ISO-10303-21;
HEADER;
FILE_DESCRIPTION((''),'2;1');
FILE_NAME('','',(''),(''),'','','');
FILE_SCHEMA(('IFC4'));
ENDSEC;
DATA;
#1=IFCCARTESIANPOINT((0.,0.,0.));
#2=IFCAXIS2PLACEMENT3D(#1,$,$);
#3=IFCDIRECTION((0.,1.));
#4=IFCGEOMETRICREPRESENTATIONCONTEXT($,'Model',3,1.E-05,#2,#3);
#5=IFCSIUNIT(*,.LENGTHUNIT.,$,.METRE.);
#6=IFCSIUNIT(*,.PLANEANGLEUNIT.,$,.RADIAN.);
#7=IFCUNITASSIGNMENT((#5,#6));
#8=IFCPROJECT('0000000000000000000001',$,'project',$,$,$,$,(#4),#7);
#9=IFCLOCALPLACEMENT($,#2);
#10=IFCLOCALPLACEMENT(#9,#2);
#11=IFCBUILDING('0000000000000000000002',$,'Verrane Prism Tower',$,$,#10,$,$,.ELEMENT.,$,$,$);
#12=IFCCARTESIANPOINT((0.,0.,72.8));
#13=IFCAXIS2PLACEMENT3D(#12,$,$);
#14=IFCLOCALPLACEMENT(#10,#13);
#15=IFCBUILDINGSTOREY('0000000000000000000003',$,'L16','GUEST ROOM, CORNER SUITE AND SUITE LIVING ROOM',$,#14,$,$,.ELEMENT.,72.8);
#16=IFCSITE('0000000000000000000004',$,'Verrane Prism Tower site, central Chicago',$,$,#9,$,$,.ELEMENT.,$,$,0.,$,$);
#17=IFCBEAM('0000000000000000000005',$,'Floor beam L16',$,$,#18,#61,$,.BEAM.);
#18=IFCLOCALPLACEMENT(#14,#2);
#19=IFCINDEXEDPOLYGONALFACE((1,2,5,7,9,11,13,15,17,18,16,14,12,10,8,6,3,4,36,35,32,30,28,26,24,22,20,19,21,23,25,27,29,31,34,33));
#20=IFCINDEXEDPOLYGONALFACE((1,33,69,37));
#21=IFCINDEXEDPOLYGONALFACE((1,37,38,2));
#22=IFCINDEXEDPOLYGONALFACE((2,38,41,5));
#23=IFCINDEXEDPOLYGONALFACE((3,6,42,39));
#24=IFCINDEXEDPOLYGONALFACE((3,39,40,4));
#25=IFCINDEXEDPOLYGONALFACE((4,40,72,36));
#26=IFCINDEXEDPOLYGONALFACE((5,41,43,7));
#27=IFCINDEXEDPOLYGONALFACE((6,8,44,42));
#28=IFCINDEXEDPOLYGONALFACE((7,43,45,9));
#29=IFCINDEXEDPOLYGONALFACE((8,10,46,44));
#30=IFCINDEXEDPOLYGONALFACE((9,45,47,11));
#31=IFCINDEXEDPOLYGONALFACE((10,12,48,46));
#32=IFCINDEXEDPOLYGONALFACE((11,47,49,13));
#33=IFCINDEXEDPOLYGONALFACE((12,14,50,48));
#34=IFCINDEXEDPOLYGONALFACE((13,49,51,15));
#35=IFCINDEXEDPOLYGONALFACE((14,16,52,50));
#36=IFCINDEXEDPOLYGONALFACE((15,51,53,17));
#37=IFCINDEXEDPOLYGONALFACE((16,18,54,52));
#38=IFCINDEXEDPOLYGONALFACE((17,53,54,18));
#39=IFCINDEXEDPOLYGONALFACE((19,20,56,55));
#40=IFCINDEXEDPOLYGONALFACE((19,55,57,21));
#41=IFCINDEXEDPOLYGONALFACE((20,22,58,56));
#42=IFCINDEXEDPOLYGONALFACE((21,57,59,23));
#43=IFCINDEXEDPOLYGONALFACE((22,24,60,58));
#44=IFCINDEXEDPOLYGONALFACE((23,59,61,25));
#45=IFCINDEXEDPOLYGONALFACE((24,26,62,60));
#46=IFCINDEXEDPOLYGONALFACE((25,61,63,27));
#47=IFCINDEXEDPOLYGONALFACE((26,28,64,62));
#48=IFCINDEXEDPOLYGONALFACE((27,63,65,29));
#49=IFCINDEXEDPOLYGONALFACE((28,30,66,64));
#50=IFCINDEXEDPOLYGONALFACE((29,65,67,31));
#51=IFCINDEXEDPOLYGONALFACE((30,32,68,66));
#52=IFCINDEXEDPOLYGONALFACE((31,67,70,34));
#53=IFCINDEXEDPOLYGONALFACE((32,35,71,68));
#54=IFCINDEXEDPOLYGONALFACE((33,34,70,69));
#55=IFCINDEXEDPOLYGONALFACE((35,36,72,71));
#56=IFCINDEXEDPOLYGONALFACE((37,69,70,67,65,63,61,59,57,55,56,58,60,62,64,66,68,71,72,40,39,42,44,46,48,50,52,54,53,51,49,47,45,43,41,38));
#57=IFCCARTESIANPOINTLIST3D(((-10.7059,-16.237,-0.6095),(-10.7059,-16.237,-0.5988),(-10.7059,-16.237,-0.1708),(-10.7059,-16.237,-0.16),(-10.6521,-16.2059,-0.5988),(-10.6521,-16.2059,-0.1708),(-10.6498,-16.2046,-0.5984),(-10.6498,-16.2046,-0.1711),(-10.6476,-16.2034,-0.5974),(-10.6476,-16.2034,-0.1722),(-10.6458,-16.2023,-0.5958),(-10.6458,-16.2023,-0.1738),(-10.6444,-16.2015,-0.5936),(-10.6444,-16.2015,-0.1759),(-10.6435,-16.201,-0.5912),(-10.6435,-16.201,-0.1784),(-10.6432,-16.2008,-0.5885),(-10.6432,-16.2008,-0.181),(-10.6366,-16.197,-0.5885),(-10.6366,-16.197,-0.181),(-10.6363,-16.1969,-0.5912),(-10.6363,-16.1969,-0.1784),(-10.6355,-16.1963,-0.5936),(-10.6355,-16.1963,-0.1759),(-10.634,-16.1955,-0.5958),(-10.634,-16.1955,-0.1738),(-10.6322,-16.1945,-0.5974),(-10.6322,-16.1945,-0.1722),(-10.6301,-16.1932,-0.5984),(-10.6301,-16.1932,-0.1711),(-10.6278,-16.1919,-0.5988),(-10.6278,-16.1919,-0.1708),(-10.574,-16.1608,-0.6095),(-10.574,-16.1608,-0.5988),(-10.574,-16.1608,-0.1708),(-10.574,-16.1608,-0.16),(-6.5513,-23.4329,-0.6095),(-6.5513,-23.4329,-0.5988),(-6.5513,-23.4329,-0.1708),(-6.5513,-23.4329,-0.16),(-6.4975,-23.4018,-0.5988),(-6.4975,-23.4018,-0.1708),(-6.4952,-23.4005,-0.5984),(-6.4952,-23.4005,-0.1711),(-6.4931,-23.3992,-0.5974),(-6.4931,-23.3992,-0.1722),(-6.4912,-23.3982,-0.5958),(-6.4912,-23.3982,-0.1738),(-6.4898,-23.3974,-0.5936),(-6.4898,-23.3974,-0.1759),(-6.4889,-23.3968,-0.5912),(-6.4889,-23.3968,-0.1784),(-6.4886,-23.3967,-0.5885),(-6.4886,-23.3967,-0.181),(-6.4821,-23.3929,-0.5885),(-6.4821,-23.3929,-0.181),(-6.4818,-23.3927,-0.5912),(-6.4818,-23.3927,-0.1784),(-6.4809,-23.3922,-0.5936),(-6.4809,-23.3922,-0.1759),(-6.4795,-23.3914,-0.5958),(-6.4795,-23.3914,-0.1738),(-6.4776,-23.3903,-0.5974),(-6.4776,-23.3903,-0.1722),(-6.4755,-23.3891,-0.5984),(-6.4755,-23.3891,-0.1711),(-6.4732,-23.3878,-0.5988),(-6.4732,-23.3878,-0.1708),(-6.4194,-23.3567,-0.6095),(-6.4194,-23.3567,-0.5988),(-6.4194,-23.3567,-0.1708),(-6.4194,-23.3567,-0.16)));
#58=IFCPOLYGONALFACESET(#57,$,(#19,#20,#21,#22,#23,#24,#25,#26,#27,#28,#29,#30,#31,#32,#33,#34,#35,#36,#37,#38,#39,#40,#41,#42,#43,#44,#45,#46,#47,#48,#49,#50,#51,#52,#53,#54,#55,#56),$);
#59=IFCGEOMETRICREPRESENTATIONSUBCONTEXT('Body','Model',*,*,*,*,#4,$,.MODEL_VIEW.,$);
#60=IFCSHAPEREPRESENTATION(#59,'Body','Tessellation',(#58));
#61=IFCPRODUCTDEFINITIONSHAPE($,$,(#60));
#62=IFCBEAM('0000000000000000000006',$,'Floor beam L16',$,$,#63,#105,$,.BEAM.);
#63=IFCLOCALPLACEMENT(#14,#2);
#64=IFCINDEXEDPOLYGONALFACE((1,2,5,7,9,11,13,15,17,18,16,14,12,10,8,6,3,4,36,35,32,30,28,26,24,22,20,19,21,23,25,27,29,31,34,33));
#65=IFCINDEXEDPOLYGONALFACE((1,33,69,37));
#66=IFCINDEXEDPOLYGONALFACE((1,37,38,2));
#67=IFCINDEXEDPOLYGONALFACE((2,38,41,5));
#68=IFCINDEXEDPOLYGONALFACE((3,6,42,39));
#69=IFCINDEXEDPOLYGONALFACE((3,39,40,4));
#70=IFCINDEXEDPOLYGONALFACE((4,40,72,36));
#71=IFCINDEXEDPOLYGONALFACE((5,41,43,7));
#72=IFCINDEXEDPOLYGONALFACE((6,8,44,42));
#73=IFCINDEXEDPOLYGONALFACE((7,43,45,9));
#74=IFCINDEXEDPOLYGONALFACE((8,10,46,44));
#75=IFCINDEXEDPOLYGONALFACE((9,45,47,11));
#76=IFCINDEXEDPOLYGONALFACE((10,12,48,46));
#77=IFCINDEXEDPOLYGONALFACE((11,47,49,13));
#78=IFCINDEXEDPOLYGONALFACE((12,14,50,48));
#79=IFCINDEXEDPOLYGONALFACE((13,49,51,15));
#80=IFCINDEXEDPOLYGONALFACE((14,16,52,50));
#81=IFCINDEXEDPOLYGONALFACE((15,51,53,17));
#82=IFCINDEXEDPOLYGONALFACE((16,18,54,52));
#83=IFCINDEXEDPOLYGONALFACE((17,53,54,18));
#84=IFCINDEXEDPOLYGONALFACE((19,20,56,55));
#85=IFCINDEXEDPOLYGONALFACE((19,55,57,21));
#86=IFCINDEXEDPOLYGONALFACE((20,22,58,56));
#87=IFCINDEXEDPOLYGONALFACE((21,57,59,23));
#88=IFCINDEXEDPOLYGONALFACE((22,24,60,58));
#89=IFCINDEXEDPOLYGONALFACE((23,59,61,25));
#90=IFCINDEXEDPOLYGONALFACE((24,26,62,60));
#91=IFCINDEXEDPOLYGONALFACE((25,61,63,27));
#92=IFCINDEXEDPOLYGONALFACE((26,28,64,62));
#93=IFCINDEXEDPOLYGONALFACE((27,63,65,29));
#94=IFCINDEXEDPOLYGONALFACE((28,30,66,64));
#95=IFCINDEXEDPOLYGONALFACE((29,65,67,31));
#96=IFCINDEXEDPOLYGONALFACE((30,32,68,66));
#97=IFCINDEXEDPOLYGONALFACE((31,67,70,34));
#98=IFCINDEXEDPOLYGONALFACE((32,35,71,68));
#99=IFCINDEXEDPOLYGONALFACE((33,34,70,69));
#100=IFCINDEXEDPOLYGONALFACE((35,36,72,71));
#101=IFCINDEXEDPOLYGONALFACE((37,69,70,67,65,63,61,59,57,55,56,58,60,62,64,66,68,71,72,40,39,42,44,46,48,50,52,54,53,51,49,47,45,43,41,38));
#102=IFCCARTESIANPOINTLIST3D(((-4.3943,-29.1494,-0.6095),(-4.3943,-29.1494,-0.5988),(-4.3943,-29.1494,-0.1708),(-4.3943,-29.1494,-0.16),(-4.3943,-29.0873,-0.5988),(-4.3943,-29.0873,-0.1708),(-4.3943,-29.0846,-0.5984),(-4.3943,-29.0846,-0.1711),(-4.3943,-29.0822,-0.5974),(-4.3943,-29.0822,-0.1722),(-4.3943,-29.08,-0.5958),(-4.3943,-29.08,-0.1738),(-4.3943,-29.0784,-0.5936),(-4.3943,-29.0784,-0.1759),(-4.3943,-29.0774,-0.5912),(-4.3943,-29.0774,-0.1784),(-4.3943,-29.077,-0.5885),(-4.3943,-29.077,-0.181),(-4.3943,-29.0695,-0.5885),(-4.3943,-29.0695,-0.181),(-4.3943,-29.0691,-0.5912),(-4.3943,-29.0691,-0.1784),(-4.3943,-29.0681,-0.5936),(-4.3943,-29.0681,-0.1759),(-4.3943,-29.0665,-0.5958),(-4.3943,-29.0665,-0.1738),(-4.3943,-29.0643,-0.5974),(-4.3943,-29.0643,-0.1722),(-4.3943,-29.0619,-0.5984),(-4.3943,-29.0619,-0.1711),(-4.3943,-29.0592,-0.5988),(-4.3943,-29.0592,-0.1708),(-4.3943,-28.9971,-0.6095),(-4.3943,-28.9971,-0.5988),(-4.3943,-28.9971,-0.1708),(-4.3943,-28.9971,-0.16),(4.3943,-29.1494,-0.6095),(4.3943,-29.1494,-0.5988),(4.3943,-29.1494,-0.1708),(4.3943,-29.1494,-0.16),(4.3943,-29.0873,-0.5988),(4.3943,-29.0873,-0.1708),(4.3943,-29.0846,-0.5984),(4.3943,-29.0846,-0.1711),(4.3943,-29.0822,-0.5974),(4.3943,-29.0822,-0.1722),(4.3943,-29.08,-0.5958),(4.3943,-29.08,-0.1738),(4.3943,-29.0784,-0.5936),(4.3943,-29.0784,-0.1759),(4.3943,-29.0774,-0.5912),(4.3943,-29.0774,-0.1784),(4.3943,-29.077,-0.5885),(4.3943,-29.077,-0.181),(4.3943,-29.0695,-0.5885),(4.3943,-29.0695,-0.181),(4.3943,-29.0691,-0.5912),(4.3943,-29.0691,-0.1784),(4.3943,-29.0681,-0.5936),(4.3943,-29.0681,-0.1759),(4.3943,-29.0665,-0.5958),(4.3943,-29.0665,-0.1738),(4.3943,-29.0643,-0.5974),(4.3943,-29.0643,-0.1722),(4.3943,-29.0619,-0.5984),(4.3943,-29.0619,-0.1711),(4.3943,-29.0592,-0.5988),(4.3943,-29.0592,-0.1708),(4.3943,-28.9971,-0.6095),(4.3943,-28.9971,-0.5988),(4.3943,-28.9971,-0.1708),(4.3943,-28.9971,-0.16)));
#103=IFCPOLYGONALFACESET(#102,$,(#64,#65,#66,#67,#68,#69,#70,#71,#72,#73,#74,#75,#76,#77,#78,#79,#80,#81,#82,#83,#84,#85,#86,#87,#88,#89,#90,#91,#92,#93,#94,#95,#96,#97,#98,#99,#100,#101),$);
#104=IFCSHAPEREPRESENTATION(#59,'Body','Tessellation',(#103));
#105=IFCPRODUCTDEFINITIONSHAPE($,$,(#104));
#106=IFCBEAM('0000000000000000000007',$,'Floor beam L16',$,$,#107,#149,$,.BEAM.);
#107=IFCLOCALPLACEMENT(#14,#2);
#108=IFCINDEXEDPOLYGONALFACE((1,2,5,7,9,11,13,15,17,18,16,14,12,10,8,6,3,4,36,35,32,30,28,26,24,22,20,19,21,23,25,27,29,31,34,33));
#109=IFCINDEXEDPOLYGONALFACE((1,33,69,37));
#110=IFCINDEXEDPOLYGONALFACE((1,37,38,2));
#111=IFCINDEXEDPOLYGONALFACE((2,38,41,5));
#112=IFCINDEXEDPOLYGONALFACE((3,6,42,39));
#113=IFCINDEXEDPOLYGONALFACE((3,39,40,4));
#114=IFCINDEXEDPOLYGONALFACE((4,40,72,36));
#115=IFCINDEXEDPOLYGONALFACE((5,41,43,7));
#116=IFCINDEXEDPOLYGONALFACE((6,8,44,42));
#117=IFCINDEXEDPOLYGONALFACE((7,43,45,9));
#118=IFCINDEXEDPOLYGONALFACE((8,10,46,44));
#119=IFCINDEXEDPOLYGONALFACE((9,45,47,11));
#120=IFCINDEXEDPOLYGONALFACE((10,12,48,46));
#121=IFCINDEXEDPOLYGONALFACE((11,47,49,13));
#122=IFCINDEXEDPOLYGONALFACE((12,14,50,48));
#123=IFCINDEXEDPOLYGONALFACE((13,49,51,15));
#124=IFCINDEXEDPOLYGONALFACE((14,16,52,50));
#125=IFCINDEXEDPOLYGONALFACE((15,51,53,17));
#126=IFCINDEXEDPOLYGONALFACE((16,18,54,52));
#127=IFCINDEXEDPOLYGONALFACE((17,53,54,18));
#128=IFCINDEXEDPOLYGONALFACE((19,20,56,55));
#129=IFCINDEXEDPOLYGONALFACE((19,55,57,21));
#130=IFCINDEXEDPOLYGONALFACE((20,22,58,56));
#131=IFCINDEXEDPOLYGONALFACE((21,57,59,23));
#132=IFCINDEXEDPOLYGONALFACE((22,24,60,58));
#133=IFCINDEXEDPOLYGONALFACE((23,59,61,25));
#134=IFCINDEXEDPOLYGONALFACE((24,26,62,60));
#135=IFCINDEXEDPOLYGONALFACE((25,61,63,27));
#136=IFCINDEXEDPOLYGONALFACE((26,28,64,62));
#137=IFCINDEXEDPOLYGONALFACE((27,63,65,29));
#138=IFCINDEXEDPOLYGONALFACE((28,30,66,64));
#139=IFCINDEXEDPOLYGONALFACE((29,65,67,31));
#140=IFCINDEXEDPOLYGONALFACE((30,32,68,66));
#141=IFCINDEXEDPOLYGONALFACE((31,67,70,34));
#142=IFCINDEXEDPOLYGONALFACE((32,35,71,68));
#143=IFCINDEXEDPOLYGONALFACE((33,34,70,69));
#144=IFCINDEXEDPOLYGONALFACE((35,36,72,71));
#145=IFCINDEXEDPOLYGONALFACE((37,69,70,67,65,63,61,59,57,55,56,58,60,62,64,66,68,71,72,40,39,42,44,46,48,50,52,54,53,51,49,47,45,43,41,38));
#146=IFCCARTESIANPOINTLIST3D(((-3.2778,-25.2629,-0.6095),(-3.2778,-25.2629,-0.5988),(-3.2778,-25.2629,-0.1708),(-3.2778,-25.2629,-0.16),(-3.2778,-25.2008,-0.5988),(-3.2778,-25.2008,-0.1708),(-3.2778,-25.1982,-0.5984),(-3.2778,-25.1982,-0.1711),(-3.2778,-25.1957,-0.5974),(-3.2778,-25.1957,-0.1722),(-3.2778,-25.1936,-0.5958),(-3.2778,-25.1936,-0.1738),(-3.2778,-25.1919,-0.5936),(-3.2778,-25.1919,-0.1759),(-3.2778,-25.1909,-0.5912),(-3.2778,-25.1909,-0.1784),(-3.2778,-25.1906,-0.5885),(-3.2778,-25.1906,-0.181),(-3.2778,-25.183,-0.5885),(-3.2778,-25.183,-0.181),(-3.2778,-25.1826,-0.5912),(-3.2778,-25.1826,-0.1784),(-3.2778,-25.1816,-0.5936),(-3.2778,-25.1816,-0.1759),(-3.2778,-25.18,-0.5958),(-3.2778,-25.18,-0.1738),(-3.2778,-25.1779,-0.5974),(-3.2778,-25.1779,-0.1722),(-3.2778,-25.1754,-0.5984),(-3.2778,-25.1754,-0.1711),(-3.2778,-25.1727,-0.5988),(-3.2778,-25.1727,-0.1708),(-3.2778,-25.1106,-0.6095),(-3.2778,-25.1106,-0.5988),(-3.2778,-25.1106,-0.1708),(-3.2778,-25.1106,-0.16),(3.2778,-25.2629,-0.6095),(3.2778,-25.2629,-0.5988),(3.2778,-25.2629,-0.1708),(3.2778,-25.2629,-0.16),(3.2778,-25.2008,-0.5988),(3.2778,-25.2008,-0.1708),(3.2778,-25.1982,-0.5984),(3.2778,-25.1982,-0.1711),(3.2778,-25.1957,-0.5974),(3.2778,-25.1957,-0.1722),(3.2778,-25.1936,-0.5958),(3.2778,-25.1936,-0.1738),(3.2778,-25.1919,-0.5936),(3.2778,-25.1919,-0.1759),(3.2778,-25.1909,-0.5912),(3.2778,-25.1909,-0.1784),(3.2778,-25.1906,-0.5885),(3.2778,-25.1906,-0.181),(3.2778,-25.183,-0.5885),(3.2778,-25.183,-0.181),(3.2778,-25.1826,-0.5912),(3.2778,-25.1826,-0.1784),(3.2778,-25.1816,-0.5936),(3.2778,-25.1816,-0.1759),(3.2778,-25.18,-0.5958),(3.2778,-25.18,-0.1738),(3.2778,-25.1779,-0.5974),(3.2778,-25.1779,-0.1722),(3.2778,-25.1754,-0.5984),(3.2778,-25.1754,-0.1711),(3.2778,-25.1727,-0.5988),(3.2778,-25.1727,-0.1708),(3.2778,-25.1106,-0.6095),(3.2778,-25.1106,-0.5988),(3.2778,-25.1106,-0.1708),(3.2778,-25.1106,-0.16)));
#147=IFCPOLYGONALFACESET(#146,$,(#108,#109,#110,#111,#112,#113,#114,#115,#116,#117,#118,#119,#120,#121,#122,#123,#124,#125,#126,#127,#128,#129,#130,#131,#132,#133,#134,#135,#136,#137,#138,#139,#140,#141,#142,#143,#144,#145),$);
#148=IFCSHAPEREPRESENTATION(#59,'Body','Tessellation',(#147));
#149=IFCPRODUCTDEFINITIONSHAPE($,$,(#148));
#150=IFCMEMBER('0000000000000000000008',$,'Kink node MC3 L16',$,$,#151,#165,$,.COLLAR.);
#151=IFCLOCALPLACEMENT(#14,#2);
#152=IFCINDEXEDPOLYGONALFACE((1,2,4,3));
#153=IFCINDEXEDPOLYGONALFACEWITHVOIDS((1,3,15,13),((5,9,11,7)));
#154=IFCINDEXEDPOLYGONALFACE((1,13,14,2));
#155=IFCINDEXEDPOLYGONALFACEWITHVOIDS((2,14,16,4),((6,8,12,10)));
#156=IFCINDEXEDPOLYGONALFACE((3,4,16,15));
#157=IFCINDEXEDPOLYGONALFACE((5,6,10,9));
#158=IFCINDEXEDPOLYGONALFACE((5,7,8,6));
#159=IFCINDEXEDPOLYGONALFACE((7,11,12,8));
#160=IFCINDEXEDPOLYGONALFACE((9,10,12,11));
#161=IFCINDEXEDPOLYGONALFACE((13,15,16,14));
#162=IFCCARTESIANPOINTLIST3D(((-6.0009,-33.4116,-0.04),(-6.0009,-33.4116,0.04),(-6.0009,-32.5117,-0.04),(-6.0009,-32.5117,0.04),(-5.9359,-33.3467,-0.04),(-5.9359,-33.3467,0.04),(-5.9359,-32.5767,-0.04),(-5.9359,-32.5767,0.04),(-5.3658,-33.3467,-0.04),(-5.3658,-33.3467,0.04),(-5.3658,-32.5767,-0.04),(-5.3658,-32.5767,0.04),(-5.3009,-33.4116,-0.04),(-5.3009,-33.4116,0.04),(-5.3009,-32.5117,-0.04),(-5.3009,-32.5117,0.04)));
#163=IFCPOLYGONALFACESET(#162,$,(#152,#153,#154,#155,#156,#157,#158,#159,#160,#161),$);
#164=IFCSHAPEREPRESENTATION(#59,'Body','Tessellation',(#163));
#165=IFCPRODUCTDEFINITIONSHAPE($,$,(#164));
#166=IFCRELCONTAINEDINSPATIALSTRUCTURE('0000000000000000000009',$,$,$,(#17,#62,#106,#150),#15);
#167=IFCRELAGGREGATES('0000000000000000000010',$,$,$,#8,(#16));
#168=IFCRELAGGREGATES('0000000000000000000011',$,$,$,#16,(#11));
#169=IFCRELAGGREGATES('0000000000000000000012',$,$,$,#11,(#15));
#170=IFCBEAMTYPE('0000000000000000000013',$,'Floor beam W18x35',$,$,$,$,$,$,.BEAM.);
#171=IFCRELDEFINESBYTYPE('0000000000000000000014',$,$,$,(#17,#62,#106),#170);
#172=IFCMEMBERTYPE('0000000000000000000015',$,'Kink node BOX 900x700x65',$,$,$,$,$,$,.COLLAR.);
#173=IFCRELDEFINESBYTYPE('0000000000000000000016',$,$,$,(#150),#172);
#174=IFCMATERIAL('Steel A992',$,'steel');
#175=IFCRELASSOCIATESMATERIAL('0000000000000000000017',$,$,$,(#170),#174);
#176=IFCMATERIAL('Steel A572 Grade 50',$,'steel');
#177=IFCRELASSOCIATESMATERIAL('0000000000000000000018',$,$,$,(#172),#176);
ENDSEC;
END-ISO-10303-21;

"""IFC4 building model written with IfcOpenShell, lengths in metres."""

from ifc_helpers import new_model, si_unit, direction, frame, origin, origin_2d, place, context, subcontext, project, spatial, hollow_rectangle, i_section, extrude, material, material_profile, profile_set, type_object, element, save


model = new_model("IFC4")

# Units and contexts
model_context = context("Model", 3, precision=1e-05, world=origin(), true_north=direction((0.0, 1.0)))
body_context = subcontext(model_context, "Body", "Model", "MODEL_VIEW")
ifc_project = project(units=[si_unit("LENGTHUNIT", "METRE"), si_unit("PLANEANGLEUNIT", "RADIAN")], contexts=[model_context])

# Site, building, storey
site_placement = place(None, origin())
site = spatial("IfcSite", under=ifc_project, at=site_placement, Name="Verrane Prism Tower site, central Chicago", CompositionType="ELEMENT", RefElevation=0.0)
building_placement = place(site_placement, origin())
building = spatial("IfcBuilding", under=site, at=building_placement, Name="Verrane Prism Tower", CompositionType="ELEMENT")
storey_placement = place(building_placement, frame((0.0, 0.0, 72.8)))
storey = spatial("IfcBuildingStorey", under=building, at=storey_placement, Name="L16", Description="GUEST ROOM, CORNER SUITE AND SUITE LIVING ROOM", CompositionType="ELEMENT", Elevation=72.8)

# Beams
ifc_material_1 = material(Name="Steel A992", Category="steel")
ifc_material_profile_1 = material_profile(ifc_material_1, i_section(OverallWidth=0.1523, OverallDepth=0.4495, WebThickness=0.0076, FlangeThickness=0.0107, FilletRadius=0.0103, at=origin_2d()), Name="W18x35")
ifc_profile_set_1 = profile_set([ifc_material_profile_1], Name="Steel A992")
beam_type_1 = type_object("IfcBeamType", Name="Floor beam W18x35", PredefinedType="BEAM", material=ifc_profile_set_1)
beam_1_placement = place(storey_placement, frame((-6.4854, -23.3948, -0.3848), z_axis=(-0.500004, 0.866023, 0.0), x_axis=(-0.866023, -0.500004, 0.0)))
element("IfcBeam", 1, at=beam_1_placement, inside=storey, type_object=beam_type_1, Name="Floor beam L16", PredefinedType="BEAM", context=body_context, shape_type="SweptSolid", body=[
    extrude(i_section(OverallWidth=0.1523, OverallDepth=0.4495, WebThickness=0.0076, FlangeThickness=0.0107, FilletRadius=0.0103, at=origin_2d()), origin(), (0.0, 0.0, 1.0), 8.3091),
])
beam_2_placement = place(storey_placement, frame((-4.3943, -29.0732, -0.3848), z_axis=(1.0, 0.0, 0.0), x_axis=(0.0, 1.0, 0.0)))
element("IfcBeam", 2, at=beam_2_placement, inside=storey, type_object=beam_type_1, Name="Floor beam L16", PredefinedType="BEAM", context=body_context, shape_type="SweptSolid", body=[
    extrude(i_section(OverallWidth=0.1523, OverallDepth=0.4495, WebThickness=0.0076, FlangeThickness=0.0107, FilletRadius=0.0103, at=origin_2d()), origin(), (0.0, 0.0, 1.0), 8.7886),
])
beam_3_placement = place(storey_placement, frame((-3.2778, -25.1868, -0.3848), z_axis=(1.0, 0.0, 0.0), x_axis=(0.0, 1.0, 0.0)))
element("IfcBeam", 3, at=beam_3_placement, inside=storey, type_object=beam_type_1, Name="Floor beam L16", PredefinedType="BEAM", context=body_context, shape_type="SweptSolid", body=[
    extrude(i_section(OverallWidth=0.1523, OverallDepth=0.4495, WebThickness=0.0076, FlangeThickness=0.0107, FilletRadius=0.0103, at=origin_2d()), origin(), (0.0, 0.0, 1.0), 6.5557),
])

# Member
ifc_material_2 = material(Name="Steel A572 Grade 50", Category="steel")
ifc_material_profile_2 = material_profile(ifc_material_2, hollow_rectangle(XDim=0.7, YDim=0.8999, WallThickness=0.0649, at=origin_2d()), Name="BOX 900x700x65")
ifc_profile_set_2 = profile_set([ifc_material_profile_2], Name="Steel A572 Grade 50")
member_type_1 = type_object("IfcMemberType", Name="Kink node BOX 900x700x65", PredefinedType="COLLAR", material=ifc_profile_set_2)
member_1_placement = place(storey_placement, frame((-5.6509, -32.9617, -0.04), z_axis=(0.0, 0.0, 1.0), x_axis=(-1.0, 0.0, 0.0)))
element("IfcMember", 4, at=member_1_placement, inside=storey, type_object=member_type_1, Name="Kink node MC3 L16", PredefinedType="COLLAR", context=body_context, shape_type="SweptSolid", body=[
    extrude(hollow_rectangle(XDim=0.7, YDim=0.8999, WallThickness=0.0649, at=origin_2d()), origin(), (0.0, 0.0, 1.0), 0.0801),
])

save(model, "model.ifc")
